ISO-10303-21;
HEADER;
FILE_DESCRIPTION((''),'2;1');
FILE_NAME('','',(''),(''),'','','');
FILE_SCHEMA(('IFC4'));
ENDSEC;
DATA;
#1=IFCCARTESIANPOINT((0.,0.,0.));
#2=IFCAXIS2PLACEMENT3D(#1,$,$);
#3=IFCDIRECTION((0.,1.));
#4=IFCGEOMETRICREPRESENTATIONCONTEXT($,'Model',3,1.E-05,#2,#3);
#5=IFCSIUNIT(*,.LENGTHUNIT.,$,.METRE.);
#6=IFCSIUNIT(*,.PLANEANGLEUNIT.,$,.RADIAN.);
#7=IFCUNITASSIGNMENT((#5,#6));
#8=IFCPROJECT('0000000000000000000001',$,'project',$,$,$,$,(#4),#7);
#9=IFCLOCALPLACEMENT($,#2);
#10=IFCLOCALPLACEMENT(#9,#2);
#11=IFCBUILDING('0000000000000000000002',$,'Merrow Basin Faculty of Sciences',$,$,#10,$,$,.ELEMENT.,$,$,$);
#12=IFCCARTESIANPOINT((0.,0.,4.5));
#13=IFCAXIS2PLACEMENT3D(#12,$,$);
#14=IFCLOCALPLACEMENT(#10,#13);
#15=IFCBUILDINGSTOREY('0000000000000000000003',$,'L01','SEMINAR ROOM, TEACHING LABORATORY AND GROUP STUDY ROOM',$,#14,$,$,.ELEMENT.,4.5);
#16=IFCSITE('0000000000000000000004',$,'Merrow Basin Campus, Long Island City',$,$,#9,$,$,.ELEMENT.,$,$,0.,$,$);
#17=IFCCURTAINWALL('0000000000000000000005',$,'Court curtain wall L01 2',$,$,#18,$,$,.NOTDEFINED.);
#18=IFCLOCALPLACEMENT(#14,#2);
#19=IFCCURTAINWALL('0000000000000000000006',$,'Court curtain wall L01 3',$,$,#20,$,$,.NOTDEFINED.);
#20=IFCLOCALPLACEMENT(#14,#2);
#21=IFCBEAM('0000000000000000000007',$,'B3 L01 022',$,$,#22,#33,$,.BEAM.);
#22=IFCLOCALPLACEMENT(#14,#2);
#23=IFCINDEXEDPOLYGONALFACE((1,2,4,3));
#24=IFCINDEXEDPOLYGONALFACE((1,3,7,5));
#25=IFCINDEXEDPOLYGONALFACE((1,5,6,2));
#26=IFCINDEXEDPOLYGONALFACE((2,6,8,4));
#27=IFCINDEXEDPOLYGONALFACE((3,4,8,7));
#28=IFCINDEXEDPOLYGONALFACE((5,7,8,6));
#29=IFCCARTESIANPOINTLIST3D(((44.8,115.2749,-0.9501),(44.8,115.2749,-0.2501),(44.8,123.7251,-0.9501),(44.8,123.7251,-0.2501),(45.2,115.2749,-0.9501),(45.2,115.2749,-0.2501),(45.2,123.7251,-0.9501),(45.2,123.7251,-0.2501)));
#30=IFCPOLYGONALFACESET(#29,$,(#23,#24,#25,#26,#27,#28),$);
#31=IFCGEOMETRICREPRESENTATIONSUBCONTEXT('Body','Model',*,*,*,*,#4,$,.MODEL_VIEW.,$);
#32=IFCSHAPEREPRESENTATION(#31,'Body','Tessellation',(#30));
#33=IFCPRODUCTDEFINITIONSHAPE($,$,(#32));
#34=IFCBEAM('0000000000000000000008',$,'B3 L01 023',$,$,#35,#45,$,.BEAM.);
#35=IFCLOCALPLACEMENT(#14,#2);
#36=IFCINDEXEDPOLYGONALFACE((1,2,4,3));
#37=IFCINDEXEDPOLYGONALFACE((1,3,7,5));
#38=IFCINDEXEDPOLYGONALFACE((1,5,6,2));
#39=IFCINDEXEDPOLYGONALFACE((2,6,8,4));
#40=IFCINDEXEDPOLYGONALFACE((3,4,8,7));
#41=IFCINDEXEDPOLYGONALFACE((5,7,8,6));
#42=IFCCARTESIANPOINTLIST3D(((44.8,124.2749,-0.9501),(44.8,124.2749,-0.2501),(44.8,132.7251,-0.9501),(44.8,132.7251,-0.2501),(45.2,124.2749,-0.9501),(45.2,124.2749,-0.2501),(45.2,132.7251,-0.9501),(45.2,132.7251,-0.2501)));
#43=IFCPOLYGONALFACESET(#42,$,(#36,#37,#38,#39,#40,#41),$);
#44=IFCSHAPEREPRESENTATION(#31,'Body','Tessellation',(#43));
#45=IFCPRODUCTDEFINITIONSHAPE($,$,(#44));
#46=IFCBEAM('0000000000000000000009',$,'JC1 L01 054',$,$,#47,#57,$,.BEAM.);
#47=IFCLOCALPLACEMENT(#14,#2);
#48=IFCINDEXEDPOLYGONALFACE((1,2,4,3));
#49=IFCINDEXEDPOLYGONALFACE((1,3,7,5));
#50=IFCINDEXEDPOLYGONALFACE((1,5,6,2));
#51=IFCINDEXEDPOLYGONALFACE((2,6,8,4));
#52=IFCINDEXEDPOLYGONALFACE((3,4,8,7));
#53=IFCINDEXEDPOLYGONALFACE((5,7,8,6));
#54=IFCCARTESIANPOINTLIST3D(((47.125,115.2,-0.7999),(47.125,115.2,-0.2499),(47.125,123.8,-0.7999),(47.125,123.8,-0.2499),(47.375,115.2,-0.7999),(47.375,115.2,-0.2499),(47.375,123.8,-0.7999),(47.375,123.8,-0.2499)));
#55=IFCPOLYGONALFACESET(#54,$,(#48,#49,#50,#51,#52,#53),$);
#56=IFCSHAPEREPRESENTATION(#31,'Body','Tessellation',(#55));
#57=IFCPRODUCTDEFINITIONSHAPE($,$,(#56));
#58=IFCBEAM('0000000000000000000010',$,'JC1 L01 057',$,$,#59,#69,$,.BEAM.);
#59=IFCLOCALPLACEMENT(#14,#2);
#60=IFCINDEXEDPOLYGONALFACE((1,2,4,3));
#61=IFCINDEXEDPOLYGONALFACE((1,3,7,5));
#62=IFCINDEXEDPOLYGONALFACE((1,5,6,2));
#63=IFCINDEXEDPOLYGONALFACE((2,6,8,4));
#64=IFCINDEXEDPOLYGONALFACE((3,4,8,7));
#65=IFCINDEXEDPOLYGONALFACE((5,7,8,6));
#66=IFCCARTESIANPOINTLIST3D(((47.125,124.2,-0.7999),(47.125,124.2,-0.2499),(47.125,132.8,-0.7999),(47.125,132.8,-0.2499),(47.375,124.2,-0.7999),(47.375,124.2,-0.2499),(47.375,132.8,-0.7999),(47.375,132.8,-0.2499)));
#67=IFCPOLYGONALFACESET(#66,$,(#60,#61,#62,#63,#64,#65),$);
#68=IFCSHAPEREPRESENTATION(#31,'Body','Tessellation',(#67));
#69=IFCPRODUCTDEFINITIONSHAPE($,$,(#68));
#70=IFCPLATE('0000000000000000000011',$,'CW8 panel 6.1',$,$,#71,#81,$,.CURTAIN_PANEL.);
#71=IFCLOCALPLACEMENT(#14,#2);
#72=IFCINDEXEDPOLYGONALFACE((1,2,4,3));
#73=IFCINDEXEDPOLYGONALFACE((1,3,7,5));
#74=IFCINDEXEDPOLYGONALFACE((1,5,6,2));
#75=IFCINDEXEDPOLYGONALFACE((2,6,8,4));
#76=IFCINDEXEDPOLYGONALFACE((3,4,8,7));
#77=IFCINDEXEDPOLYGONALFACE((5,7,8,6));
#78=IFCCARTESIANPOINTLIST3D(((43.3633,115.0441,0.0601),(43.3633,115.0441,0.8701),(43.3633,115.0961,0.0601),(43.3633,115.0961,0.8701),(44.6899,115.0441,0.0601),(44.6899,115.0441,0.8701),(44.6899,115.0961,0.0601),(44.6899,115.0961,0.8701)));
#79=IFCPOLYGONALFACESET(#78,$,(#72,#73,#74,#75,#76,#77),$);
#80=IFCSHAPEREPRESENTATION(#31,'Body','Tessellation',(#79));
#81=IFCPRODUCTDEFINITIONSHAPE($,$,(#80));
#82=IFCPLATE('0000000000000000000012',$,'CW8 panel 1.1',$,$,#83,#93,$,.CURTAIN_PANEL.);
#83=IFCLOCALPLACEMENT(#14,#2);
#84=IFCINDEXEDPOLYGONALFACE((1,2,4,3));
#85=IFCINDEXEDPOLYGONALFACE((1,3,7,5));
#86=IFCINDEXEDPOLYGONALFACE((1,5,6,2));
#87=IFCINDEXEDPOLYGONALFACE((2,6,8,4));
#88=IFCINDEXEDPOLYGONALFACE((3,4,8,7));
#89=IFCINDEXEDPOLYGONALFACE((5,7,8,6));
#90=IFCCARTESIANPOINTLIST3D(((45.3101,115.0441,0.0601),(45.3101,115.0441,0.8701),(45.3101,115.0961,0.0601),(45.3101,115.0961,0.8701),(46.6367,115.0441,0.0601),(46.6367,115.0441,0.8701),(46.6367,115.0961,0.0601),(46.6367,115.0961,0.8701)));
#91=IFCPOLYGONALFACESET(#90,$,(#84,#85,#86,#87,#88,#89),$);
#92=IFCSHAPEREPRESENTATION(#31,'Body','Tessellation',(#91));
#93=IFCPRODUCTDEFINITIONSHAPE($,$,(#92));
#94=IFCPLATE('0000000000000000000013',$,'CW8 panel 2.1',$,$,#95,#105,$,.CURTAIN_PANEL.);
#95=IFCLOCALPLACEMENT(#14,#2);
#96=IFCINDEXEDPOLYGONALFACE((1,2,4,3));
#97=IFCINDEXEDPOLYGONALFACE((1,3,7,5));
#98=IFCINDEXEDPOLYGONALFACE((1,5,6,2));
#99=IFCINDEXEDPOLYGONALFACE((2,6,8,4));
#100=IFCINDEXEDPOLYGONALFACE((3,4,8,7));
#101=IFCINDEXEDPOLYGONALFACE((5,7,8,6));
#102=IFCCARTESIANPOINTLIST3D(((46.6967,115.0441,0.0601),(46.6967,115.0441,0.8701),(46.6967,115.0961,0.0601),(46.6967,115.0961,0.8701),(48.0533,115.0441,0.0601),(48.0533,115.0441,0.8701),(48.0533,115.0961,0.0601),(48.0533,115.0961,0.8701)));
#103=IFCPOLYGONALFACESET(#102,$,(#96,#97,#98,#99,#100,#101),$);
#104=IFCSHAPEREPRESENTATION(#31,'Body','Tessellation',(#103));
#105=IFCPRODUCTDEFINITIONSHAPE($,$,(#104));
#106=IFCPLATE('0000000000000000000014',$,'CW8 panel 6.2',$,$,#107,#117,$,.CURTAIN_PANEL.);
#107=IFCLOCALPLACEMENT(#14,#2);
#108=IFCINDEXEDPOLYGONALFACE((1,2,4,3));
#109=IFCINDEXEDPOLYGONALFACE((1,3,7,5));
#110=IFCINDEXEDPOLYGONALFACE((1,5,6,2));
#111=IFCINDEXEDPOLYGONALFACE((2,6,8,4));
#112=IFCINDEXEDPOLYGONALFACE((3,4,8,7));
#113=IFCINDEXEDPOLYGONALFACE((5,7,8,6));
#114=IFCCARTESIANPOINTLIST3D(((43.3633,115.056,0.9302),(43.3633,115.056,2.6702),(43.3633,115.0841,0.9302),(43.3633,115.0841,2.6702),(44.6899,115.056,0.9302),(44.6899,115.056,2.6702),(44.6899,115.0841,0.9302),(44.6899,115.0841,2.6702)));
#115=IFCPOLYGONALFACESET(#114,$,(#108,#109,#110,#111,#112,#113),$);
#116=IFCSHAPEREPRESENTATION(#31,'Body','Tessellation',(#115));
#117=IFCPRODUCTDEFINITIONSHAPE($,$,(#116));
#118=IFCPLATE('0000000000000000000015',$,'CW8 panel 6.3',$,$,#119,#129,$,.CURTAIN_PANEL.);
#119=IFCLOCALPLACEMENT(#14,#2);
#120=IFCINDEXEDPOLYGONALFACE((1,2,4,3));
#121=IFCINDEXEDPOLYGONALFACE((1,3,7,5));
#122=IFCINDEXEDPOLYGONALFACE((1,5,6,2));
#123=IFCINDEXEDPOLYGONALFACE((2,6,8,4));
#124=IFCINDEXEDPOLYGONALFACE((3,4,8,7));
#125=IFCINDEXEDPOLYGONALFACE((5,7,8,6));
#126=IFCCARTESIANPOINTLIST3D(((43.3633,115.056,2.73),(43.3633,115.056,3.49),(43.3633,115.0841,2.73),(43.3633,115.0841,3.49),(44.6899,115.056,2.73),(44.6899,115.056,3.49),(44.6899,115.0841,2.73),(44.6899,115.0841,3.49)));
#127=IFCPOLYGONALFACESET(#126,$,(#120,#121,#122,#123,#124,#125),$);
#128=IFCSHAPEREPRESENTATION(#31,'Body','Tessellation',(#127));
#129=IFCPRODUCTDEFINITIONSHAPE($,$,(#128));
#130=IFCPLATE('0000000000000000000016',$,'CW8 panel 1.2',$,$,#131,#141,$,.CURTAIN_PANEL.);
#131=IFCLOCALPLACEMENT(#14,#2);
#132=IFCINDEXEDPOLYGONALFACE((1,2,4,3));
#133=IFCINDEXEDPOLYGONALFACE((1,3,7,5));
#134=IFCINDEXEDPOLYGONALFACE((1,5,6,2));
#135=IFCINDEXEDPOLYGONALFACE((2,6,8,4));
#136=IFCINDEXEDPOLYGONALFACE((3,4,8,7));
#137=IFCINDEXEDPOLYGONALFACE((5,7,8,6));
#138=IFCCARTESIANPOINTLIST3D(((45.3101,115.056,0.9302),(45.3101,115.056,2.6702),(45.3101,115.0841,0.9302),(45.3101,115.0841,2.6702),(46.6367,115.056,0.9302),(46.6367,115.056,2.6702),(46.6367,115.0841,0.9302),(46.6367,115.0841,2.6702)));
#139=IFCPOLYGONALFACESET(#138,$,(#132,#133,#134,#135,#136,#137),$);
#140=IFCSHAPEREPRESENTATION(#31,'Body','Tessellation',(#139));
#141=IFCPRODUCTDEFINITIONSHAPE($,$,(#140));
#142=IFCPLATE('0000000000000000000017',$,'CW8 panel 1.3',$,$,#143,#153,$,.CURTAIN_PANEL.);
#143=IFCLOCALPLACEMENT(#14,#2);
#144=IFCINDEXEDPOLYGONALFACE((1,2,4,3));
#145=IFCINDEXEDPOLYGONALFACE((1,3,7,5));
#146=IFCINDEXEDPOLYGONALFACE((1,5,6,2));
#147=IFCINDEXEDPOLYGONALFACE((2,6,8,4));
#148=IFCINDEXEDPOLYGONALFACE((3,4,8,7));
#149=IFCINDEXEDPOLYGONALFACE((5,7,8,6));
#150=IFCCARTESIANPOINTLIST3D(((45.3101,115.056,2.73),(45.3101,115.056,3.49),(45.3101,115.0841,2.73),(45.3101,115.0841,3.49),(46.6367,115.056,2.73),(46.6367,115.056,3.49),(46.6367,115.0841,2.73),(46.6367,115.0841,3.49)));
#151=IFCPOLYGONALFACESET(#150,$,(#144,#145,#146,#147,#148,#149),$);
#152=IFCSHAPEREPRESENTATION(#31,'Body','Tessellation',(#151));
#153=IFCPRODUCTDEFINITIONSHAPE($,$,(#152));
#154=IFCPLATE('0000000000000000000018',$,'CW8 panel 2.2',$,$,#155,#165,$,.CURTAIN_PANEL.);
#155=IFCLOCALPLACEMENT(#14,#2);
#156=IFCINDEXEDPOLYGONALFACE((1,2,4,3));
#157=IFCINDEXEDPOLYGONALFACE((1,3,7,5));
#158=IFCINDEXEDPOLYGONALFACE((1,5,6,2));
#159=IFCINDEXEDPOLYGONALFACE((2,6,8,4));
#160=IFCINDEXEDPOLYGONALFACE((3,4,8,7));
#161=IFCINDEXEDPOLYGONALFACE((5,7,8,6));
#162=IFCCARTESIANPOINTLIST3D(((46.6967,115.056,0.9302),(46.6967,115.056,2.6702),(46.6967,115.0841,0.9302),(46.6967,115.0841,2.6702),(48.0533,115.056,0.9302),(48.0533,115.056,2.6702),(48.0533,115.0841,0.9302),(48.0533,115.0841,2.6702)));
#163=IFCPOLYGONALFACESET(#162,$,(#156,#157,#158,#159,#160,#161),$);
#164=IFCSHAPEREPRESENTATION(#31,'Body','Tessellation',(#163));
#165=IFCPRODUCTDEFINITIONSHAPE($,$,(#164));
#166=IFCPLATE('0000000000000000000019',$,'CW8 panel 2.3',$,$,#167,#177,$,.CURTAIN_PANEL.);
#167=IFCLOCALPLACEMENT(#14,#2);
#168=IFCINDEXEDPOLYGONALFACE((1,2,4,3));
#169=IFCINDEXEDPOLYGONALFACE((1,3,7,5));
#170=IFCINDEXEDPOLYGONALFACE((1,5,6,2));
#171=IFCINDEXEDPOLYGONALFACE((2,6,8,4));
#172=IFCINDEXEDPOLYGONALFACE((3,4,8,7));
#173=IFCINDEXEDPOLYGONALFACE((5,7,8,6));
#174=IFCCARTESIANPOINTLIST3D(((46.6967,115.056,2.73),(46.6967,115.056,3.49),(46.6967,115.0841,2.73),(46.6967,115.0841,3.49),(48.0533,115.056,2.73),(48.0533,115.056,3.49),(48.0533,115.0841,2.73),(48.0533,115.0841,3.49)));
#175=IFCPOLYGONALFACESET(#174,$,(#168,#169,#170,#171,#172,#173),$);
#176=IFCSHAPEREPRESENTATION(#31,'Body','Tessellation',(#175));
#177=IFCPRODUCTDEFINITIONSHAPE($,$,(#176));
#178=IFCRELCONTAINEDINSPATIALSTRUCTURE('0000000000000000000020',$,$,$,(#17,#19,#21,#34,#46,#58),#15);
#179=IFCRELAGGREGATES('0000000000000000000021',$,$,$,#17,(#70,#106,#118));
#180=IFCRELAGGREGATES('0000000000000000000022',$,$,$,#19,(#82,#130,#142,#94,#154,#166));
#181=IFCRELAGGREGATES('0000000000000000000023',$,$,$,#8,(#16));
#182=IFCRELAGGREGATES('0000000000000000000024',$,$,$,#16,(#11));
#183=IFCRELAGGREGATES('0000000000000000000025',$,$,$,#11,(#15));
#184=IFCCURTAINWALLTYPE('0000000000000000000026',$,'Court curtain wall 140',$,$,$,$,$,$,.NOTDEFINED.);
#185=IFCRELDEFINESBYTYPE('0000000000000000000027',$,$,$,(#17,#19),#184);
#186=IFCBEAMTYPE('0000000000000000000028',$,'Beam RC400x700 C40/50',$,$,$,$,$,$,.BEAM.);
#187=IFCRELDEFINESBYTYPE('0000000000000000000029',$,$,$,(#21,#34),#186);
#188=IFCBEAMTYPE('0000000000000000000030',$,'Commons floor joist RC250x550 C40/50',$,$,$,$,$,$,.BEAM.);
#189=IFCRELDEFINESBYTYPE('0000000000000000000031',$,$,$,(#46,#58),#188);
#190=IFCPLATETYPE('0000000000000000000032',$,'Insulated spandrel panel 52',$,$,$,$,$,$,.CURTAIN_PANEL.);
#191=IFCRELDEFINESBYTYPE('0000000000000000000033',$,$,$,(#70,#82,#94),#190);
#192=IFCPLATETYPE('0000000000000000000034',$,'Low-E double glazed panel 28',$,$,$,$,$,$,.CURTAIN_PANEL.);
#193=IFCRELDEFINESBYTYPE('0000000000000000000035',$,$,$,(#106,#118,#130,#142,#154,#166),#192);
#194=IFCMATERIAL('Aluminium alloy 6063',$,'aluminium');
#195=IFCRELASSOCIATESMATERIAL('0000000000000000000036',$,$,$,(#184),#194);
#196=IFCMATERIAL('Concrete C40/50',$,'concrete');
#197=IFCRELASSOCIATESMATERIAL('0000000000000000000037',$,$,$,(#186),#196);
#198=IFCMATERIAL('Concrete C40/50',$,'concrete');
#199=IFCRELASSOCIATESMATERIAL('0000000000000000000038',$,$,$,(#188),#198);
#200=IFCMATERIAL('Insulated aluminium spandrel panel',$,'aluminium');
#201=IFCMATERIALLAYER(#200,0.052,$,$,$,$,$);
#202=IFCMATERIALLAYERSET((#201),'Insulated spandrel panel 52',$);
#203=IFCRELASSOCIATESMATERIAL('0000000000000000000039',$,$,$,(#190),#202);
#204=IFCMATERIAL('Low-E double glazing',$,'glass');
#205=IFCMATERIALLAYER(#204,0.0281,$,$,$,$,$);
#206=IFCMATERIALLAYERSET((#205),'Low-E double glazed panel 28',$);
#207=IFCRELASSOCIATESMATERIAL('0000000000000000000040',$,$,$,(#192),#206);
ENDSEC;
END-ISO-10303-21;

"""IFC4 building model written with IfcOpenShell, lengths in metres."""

from ifc_helpers import new_model, si_unit, direction, frame, origin, origin_2d, place, context, subcontext, project, spatial, rectangle, extrude, material, layer, layer_set, material_profile, profile_set, type_object, element, aggregate, save


model = new_model("IFC4")

# Units and contexts
model_context = context("Model", 3, precision=1e-05, world=origin(), true_north=direction((0.0, 1.0)))
body_context = subcontext(model_context, "Body", "Model", "MODEL_VIEW")
ifc_project = project(units=[si_unit("LENGTHUNIT", "METRE"), si_unit("PLANEANGLEUNIT", "RADIAN")], contexts=[model_context])

# Site, building, storey
site_placement = place(None, origin())
site = spatial("IfcSite", under=ifc_project, at=site_placement, Name="Merrow Basin Campus, Long Island City", CompositionType="ELEMENT", RefElevation=0.0)
building_placement = place(site_placement, origin())
building = spatial("IfcBuilding", under=site, at=building_placement, Name="Merrow Basin Faculty of Sciences", CompositionType="ELEMENT")
storey_placement = place(building_placement, frame((0.0, 0.0, 4.5)))
storey = spatial("IfcBuildingStorey", under=building, at=storey_placement, Name="L01", Description="SEMINAR ROOM, TEACHING LABORATORY AND GROUP STUDY ROOM", CompositionType="ELEMENT", Elevation=4.5)

# Curtain wall
ifc_material_1 = material(Name="Aluminium alloy 6063", Category="aluminium")
curtain_wall_type = type_object("IfcCurtainWallType", Name="Court curtain wall 140", PredefinedType="NOTDEFINED", material=ifc_material_1)
curtain_wall_1_placement = place(storey_placement, origin())
curtain_wall_1 = element("IfcCurtainWall", 1, at=curtain_wall_1_placement, inside=storey, type_object=curtain_wall_type, Name="Court curtain wall L01 2", PredefinedType="NOTDEFINED")

# Curtain wall
curtain_wall_2_placement = place(storey_placement, origin())
curtain_wall_2 = element("IfcCurtainWall", 2, at=curtain_wall_2_placement, inside=storey, type_object=curtain_wall_type, Name="Court curtain wall L01 3", PredefinedType="NOTDEFINED")

# Beams
ifc_material_2 = material(Name="Concrete C40/50", Category="concrete")
ifc_material_profile_1 = material_profile(ifc_material_2, rectangle(XDim=0.3999, YDim=0.7, at=origin_2d()))
ifc_profile_set_1 = profile_set([ifc_material_profile_1], Name="Concrete C40/50")
beam_type_1 = type_object("IfcBeamType", Name="Beam RC400x700 C40/50", PredefinedType="BEAM", material=ifc_profile_set_1)
for number, where, z_axis, x_axis, name in (
    (3, (45.0, 115.2749, -0.6001), (0.0, 1.0, 0.0), (-1.0, 0.0, 0.0), "B3 L01 022"),
    (4, (45.0, 124.2749, -0.6001), (0.0, 1.0, 0.0), (-1.0, 0.0, 0.0), "B3 L01 023"),
):
    element("IfcBeam", number, at=place(storey_placement, frame(where, z_axis=z_axis, x_axis=x_axis)), inside=storey, type_object=beam_type_1, Name=name, PredefinedType="BEAM", context=body_context, shape_type="SweptSolid", body=[
        extrude(rectangle(XDim=0.3999, YDim=0.7, at=origin_2d()), origin(), (0.0, 0.0, 1.0), 8.4502),
    ])
ifc_material_3 = material(Name="Concrete C40/50", Category="concrete")
ifc_material_profile_2 = material_profile(ifc_material_3, rectangle(XDim=0.25, YDim=0.55, at=origin_2d()))
ifc_profile_set_2 = profile_set([ifc_material_profile_2], Name="Concrete C40/50")
beam_type_2 = type_object("IfcBeamType", Name="Commons floor joist RC250x550 C40/50", PredefinedType="BEAM", material=ifc_profile_set_2)
for number, where, z_axis, x_axis, name in (
    (5, (47.25, 115.2, -0.5249), (0.0, 1.0, 0.0), (-1.0, 0.0, 0.0), "JC1 L01 054"),
    (6, (47.25, 124.2, -0.5249), (0.0, 1.0, 0.0), (-1.0, 0.0, 0.0), "JC1 L01 057"),
):
    element("IfcBeam", number, at=place(storey_placement, frame(where, z_axis=z_axis, x_axis=x_axis)), inside=storey, type_object=beam_type_2, Name=name, PredefinedType="BEAM", context=body_context, shape_type="SweptSolid", body=[
        extrude(rectangle(XDim=0.25, YDim=0.55, at=origin_2d()), origin(), (0.0, 0.0, 1.0), 8.6001),
    ])

# Plates
ifc_material_4 = material(Name="Insulated aluminium spandrel panel", Category="aluminium")
ifc_layer_1 = layer(ifc_material_4, 0.052)
ifc_layer_set_1 = layer_set([ifc_layer_1], Name="Insulated spandrel panel 52")
plate_type_1 = type_object("IfcPlateType", Name="Insulated spandrel panel 52", PredefinedType="CURTAIN_PANEL", material=ifc_layer_set_1)
plate_1_placement = place(storey_placement, frame((44.0266, 115.0701, 0.0601), z_axis=(0.0, 0.0, 1.0), x_axis=(1.0, 0.0, 0.0)))
plate_1 = element("IfcPlate", 7, at=plate_1_placement, type_object=plate_type_1, Name="CW8 panel 6.1", PredefinedType="CURTAIN_PANEL", context=body_context, shape_type="SweptSolid", body=[
    extrude(rectangle(XDim=1.3267, YDim=0.052, at=origin_2d()), origin(), (0.0, 0.0, 1.0), 0.8101),
])
plate_2_placement = place(storey_placement, frame((45.9734, 115.0701, 0.0601), z_axis=(0.0, 0.0, 1.0), x_axis=(1.0, 0.0, 0.0)))
plate_2 = element("IfcPlate", 8, at=plate_2_placement, type_object=plate_type_1, Name="CW8 panel 1.1", PredefinedType="CURTAIN_PANEL", context=body_context, shape_type="SweptSolid", body=[
    extrude(rectangle(XDim=1.3267, YDim=0.052, at=origin_2d()), origin(), (0.0, 0.0, 1.0), 0.8101),
])
plate_3_placement = place(storey_placement, frame((47.375, 115.0701, 0.0601), z_axis=(0.0, 0.0, 1.0), x_axis=(1.0, 0.0, 0.0)))
plate_3 = element("IfcPlate", 9, at=plate_3_placement, type_object=plate_type_1, Name="CW8 panel 2.1", PredefinedType="CURTAIN_PANEL", context=body_context, shape_type="SweptSolid", body=[
    extrude(rectangle(XDim=1.3567, YDim=0.052, at=origin_2d()), origin(), (0.0, 0.0, 1.0), 0.8101),
])
ifc_material_5 = material(Name="Low-E double glazing", Category="glass")
ifc_layer_2 = layer(ifc_material_5, 0.0281)
ifc_layer_set_2 = layer_set([ifc_layer_2], Name="Low-E double glazed panel 28")
plate_type_2 = type_object("IfcPlateType", Name="Low-E double glazed panel 28", PredefinedType="CURTAIN_PANEL", material=ifc_layer_set_2)
plate_4_placement = place(storey_placement, frame((44.0266, 115.0701, 0.9302), z_axis=(0.0, 0.0, 1.0), x_axis=(1.0, 0.0, 0.0)))
plate_4 = element("IfcPlate", 10, at=plate_4_placement, type_object=plate_type_2, Name="CW8 panel 6.2", PredefinedType="CURTAIN_PANEL", context=body_context, shape_type="SweptSolid", body=[
    extrude(rectangle(XDim=1.3267, YDim=0.0281, at=origin_2d()), origin(), (0.0, 0.0, 1.0), 1.74),
])
plate_5_placement = place(storey_placement, frame((44.0266, 115.0701, 2.73), z_axis=(0.0, 0.0, 1.0), x_axis=(1.0, 0.0, 0.0)))
plate_5 = element("IfcPlate", 11, at=plate_5_placement, type_object=plate_type_2, Name="CW8 panel 6.3", PredefinedType="CURTAIN_PANEL", context=body_context, shape_type="SweptSolid", body=[
    extrude(rectangle(XDim=1.3267, YDim=0.0281, at=origin_2d()), origin(), (0.0, 0.0, 1.0), 0.76),
])
aggregate(curtain_wall_1, [plate_1, plate_4, plate_5])
plate_6_placement = place(storey_placement, frame((45.9734, 115.0701, 0.9302), z_axis=(0.0, 0.0, 1.0), x_axis=(1.0, 0.0, 0.0)))
plate_6 = element("IfcPlate", 12, at=plate_6_placement, type_object=plate_type_2, Name="CW8 panel 1.2", PredefinedType="CURTAIN_PANEL", context=body_context, shape_type="SweptSolid", body=[
    extrude(rectangle(XDim=1.3267, YDim=0.0281, at=origin_2d()), origin(), (0.0, 0.0, 1.0), 1.74),
])
plate_7_placement = place(storey_placement, frame((45.9734, 115.0701, 2.73), z_axis=(0.0, 0.0, 1.0), x_axis=(1.0, 0.0, 0.0)))
plate_7 = element("IfcPlate", 13, at=plate_7_placement, type_object=plate_type_2, Name="CW8 panel 1.3", PredefinedType="CURTAIN_PANEL", context=body_context, shape_type="SweptSolid", body=[
    extrude(rectangle(XDim=1.3267, YDim=0.0281, at=origin_2d()), origin(), (0.0, 0.0, 1.0), 0.76),
])
plate_8_placement = place(storey_placement, frame((47.375, 115.0701, 0.9302), z_axis=(0.0, 0.0, 1.0), x_axis=(1.0, 0.0, 0.0)))
plate_8 = element("IfcPlate", 14, at=plate_8_placement, type_object=plate_type_2, Name="CW8 panel 2.2", PredefinedType="CURTAIN_PANEL", context=body_context, shape_type="SweptSolid", body=[
    extrude(rectangle(XDim=1.3567, YDim=0.0281, at=origin_2d()), origin(), (0.0, 0.0, 1.0), 1.74),
])
plate_9_placement = place(storey_placement, frame((47.375, 115.0701, 2.73), z_axis=(0.0, 0.0, 1.0), x_axis=(1.0, 0.0, 0.0)))
plate_9 = element("IfcPlate", 15, at=plate_9_placement, type_object=plate_type_2, Name="CW8 panel 2.3", PredefinedType="CURTAIN_PANEL", context=body_context, shape_type="SweptSolid", body=[
    extrude(rectangle(XDim=1.3567, YDim=0.0281, at=origin_2d()), origin(), (0.0, 0.0, 1.0), 0.76),
])
aggregate(curtain_wall_2, [plate_2, plate_6, plate_7, plate_3, plate_8, plate_9])

save(model, "model.ifc")
